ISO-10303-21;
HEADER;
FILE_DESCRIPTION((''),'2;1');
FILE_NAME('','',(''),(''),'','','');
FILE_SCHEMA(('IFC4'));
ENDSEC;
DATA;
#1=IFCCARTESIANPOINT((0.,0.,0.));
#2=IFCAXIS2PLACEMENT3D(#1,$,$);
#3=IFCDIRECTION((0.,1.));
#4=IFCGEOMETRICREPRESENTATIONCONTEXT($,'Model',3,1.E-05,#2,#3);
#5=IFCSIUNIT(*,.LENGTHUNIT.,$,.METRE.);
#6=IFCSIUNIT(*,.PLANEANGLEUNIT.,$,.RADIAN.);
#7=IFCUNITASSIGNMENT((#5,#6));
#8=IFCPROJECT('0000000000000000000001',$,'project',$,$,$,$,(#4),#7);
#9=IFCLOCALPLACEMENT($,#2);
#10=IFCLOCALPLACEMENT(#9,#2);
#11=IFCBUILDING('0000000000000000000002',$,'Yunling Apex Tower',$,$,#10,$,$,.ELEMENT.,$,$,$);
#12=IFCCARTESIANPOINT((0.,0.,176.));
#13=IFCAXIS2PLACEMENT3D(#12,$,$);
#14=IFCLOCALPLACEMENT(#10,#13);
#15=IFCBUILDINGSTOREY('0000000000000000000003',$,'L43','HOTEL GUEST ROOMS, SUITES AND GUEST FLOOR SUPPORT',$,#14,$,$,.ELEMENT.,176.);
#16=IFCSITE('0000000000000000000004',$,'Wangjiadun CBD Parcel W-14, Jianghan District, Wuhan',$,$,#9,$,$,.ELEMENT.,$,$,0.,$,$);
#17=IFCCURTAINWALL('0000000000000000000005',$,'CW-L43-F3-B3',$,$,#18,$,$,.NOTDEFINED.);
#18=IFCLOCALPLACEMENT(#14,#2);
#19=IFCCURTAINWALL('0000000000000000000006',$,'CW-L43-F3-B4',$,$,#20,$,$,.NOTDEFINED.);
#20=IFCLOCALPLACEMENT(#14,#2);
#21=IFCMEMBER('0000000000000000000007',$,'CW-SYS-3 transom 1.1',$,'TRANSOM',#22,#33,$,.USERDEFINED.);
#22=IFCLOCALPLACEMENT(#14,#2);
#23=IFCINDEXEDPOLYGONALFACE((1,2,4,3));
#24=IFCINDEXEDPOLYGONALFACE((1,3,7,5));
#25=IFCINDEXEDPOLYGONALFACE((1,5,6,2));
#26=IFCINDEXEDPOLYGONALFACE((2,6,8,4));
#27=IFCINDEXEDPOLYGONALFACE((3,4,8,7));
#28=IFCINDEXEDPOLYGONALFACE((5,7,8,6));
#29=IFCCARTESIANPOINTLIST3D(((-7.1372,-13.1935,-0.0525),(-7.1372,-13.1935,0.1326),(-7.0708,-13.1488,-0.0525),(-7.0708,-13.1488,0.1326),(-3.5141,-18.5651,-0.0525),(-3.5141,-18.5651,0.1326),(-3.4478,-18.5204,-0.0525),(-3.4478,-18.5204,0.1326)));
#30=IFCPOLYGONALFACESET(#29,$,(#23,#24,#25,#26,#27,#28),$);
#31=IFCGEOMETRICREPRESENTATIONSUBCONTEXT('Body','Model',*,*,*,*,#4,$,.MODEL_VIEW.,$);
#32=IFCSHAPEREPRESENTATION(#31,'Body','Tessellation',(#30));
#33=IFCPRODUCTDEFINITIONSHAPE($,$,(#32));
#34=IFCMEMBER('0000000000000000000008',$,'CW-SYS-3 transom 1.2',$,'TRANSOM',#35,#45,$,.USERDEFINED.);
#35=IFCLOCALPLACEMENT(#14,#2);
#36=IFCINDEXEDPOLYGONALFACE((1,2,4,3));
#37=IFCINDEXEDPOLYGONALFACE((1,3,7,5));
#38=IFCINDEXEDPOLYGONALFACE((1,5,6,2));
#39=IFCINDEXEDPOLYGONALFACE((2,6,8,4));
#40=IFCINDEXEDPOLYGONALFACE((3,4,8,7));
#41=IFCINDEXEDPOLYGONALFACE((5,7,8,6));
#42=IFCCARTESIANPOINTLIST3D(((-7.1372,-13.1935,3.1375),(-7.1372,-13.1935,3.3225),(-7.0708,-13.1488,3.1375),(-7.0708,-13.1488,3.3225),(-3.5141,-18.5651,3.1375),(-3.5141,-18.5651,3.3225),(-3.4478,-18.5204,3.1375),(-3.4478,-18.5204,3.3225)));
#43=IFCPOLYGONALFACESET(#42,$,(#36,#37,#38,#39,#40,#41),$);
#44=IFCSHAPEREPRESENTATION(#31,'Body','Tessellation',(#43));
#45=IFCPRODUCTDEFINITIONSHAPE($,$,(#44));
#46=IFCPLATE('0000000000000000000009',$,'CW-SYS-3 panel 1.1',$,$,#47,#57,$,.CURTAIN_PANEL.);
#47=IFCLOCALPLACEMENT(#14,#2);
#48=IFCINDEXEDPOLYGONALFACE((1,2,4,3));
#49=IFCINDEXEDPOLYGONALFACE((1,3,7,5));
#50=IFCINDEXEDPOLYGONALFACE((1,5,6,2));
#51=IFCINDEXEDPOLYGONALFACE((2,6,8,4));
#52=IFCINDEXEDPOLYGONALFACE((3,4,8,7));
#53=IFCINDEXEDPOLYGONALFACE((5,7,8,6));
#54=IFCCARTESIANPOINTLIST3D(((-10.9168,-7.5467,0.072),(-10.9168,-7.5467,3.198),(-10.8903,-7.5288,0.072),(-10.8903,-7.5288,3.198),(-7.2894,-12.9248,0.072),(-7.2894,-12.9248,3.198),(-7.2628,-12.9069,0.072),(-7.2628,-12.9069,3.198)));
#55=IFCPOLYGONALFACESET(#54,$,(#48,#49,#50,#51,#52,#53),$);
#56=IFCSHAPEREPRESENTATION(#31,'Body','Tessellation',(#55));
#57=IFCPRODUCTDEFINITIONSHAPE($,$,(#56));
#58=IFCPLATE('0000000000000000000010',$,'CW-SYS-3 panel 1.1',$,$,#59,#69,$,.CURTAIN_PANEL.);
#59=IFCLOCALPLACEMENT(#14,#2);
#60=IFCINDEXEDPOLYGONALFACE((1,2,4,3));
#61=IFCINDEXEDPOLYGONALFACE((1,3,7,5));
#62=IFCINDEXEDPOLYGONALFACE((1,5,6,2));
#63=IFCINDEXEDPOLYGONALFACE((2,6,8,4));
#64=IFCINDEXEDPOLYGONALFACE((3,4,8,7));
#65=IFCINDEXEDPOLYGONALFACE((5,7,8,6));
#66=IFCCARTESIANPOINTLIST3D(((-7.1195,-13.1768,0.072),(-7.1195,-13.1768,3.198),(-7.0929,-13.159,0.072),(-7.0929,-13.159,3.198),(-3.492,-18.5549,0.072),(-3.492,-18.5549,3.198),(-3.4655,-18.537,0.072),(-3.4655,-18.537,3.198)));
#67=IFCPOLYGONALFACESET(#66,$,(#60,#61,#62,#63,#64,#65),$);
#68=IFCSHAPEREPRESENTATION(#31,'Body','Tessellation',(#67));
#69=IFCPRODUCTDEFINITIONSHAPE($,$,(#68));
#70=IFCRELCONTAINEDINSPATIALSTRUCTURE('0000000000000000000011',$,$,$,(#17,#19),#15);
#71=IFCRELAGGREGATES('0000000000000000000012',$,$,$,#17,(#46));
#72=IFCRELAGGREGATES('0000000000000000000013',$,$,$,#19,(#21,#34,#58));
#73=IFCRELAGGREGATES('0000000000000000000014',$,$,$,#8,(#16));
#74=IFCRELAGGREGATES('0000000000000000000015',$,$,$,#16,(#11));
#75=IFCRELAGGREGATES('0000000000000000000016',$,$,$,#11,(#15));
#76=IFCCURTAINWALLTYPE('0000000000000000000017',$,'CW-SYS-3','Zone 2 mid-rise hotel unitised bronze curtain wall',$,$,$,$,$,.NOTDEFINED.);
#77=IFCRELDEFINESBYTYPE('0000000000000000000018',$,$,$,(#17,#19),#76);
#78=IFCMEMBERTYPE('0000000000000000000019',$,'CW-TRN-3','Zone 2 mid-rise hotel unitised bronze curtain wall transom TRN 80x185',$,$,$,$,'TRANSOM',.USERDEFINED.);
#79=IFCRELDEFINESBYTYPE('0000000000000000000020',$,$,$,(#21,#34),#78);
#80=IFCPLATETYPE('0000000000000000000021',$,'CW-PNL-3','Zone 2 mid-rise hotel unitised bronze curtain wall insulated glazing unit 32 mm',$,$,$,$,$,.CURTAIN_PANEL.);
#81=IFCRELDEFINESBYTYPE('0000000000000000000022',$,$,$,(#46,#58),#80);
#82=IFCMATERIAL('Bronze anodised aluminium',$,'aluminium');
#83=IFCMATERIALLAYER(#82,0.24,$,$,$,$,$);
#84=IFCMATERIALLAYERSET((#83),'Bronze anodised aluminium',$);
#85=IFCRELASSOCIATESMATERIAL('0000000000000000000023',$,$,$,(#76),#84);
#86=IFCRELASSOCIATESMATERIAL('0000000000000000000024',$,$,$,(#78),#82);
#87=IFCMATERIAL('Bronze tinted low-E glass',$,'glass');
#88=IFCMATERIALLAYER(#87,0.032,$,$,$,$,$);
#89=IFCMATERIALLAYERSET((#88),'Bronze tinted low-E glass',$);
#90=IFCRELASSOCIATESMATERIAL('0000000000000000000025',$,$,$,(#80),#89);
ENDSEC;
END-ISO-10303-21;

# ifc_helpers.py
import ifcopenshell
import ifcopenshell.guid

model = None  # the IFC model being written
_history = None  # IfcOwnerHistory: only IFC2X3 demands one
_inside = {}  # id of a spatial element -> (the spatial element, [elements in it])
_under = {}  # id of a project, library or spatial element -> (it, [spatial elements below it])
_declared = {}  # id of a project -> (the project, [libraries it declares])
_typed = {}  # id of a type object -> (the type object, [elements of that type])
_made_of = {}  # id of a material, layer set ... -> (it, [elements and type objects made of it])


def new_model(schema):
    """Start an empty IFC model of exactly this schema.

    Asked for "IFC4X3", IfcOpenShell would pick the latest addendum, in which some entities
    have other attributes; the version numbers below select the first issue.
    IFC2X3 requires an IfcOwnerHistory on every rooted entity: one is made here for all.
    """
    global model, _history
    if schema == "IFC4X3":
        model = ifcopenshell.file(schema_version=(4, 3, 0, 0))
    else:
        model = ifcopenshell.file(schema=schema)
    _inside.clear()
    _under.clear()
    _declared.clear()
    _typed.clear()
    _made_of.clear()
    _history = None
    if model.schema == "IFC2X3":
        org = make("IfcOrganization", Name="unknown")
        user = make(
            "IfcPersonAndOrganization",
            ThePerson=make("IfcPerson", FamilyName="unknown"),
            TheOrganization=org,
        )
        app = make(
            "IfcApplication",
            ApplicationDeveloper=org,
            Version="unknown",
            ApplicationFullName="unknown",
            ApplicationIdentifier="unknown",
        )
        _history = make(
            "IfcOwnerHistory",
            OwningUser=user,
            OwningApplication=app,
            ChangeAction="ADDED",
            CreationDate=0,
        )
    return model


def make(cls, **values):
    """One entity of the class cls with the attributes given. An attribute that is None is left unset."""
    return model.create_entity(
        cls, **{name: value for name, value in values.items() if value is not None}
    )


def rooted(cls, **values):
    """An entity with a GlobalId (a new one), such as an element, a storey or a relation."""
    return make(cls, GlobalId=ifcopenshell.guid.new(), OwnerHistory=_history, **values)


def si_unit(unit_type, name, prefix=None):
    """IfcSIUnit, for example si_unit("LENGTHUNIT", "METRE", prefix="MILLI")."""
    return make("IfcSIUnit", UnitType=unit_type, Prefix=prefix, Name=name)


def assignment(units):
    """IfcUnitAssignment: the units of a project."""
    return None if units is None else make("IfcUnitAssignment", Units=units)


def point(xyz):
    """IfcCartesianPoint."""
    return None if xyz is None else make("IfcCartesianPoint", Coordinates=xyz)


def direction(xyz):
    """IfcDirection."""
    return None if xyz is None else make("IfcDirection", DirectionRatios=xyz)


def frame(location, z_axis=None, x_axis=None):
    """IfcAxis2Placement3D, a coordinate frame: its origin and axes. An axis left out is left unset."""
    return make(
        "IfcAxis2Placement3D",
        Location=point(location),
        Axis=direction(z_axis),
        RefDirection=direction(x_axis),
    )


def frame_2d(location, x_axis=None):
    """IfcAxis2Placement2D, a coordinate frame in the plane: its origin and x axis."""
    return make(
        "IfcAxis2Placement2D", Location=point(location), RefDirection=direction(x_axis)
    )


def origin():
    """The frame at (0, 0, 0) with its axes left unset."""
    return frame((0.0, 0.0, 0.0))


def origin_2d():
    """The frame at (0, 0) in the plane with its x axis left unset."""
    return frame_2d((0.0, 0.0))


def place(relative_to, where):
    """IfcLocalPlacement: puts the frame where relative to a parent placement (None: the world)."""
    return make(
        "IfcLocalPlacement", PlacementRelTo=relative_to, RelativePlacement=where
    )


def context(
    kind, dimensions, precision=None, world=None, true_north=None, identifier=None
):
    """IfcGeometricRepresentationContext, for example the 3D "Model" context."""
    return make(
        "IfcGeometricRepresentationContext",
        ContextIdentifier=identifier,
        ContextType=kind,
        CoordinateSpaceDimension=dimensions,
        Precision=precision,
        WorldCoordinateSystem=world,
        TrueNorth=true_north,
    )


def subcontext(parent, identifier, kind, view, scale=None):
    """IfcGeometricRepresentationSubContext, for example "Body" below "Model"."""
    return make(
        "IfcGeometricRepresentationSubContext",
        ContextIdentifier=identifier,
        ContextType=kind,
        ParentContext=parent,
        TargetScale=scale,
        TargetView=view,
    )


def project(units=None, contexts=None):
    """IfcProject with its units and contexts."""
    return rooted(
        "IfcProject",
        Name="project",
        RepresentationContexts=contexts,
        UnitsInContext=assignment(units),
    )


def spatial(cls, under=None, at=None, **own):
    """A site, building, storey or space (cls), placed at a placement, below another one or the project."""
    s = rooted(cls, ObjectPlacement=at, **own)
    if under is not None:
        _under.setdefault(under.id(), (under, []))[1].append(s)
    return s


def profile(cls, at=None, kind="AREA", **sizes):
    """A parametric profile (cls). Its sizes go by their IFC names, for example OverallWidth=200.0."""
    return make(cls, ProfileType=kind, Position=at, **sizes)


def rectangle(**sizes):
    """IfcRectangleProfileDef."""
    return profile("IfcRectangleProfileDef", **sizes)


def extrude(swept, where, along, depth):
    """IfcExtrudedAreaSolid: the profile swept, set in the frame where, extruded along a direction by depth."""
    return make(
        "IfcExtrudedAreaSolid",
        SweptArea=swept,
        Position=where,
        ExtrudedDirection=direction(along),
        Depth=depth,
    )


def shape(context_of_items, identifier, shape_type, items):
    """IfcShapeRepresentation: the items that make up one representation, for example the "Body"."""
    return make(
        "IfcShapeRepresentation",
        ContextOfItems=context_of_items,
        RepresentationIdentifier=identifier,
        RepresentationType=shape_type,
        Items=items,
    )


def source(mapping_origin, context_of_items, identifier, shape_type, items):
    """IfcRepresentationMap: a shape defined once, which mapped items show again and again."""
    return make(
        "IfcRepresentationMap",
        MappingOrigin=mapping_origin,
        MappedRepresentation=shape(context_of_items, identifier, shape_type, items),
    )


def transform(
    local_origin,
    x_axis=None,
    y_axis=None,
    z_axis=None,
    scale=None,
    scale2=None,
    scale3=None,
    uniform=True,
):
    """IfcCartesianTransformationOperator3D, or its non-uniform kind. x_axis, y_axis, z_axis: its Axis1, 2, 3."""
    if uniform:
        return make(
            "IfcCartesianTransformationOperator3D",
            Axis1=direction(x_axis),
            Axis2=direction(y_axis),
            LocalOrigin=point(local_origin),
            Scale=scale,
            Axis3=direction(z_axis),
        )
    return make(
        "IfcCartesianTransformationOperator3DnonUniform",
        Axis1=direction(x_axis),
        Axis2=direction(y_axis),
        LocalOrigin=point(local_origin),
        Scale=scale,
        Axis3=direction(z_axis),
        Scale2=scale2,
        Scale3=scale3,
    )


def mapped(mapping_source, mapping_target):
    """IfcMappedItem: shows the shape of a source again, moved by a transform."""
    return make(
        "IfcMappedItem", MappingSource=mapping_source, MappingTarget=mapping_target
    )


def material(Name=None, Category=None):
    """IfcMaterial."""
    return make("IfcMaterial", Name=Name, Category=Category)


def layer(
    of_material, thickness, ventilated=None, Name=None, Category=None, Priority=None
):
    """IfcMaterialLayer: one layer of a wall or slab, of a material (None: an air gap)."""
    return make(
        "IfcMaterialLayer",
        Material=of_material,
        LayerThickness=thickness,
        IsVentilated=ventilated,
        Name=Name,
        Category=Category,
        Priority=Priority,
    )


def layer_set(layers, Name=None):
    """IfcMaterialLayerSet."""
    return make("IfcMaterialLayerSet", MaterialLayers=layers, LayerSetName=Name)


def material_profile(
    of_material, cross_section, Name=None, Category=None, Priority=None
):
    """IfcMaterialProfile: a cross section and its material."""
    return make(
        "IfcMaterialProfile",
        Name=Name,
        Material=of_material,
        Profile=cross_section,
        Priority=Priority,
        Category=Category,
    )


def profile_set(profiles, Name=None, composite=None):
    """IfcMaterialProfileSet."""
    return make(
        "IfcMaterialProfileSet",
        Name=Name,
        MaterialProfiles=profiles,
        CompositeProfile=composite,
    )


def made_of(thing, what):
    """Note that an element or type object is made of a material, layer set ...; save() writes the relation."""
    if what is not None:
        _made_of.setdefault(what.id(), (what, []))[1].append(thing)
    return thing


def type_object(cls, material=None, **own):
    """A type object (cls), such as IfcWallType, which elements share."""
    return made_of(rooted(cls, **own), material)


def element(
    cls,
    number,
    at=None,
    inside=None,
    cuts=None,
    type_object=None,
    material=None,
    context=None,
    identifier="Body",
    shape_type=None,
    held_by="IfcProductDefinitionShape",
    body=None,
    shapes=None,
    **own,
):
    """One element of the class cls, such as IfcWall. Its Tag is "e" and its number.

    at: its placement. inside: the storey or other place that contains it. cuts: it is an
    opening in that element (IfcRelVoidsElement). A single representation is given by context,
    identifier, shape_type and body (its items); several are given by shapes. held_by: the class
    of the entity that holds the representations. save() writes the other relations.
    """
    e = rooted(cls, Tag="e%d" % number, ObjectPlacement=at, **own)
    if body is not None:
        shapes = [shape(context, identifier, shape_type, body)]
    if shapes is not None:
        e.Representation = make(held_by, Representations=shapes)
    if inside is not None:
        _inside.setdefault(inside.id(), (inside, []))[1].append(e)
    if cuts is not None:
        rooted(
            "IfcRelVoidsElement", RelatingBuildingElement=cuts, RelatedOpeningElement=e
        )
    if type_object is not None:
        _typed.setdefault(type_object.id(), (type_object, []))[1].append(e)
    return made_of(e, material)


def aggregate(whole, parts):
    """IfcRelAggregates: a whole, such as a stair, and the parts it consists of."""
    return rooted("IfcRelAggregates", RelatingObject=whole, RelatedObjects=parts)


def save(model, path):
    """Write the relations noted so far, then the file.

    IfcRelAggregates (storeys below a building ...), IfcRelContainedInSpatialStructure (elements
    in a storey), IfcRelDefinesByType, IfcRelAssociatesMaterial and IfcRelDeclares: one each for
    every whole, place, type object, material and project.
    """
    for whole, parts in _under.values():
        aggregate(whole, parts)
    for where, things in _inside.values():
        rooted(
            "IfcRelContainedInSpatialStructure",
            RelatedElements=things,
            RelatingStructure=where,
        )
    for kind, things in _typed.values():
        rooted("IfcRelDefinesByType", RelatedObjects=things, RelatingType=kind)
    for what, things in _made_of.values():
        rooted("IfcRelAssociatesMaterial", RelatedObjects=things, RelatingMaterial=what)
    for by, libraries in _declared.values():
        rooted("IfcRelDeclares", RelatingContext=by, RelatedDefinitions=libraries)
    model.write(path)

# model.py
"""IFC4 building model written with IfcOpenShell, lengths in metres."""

from ifc_helpers import new_model, si_unit, direction, frame, origin, origin_2d, place, context, subcontext, project, spatial, rectangle, extrude, source, transform, mapped, material, layer, layer_set, material_profile, profile_set, type_object, element, aggregate, save


model = new_model("IFC4")

# Units and contexts
model_context = context("Model", 3, precision=1e-05, world=origin(), true_north=direction((0.0, 1.0)))
body_context = subcontext(model_context, "Body", "Model", "MODEL_VIEW")
ifc_project = project(units=[si_unit("LENGTHUNIT", "METRE"), si_unit("PLANEANGLEUNIT", "RADIAN")], contexts=[model_context])

# Site, building, storey
site_placement = place(None, origin())
site = spatial("IfcSite", under=ifc_project, at=site_placement, Name="Wangjiadun CBD Parcel W-14, Jianghan District, Wuhan", CompositionType="ELEMENT", RefElevation=0.0)
building_placement = place(site_placement, origin())
building = spatial("IfcBuilding", under=site, at=building_placement, Name="Yunling Apex Tower", CompositionType="ELEMENT")
storey_placement = place(building_placement, frame((0.0, 0.0, 176.0)))
storey = spatial("IfcBuildingStorey", under=building, at=storey_placement, Name="L43", Description="HOTEL GUEST ROOMS, SUITES AND GUEST FLOOR SUPPORT", CompositionType="ELEMENT", Elevation=176.0)

# Curtain wall
ifc_material_1 = material(Name="Bronze anodised aluminium", Category="aluminium")
ifc_layer_1 = layer(ifc_material_1, 0.24)
ifc_layer_set_1 = layer_set([ifc_layer_1], Name="Bronze anodised aluminium")
curtain_wall_type = type_object("IfcCurtainWallType", Name="CW-SYS-3", Description="Zone 2 mid-rise hotel unitised bronze curtain wall", PredefinedType="NOTDEFINED", material=ifc_layer_set_1)
curtain_wall_1_placement = place(storey_placement, origin())
curtain_wall_1 = element("IfcCurtainWall", 1, at=curtain_wall_1_placement, inside=storey, type_object=curtain_wall_type, Name="CW-L43-F3-B3", PredefinedType="NOTDEFINED")

# Curtain wall
curtain_wall_2_placement = place(storey_placement, origin())
curtain_wall_2 = element("IfcCurtainWall", 2, at=curtain_wall_2_placement, inside=storey, type_object=curtain_wall_type, Name="CW-L43-F3-B4", PredefinedType="NOTDEFINED")
ifc_material_profile_1 = material_profile(ifc_material_1, rectangle(XDim=0.0801, YDim=0.1851, at=origin_2d()))
ifc_profile_set_1 = profile_set([ifc_material_profile_1], Name="Bronze anodised aluminium")
member_type_1 = type_object("IfcMemberType", Name="CW-TRN-3", Description="Zone 2 mid-rise hotel unitised bronze curtain wall transom TRN 80x185", ElementType="TRANSOM", PredefinedType="USERDEFINED", material=ifc_profile_set_1)

# Members
shared_shape_1 = source(origin(), body_context, "Body", "SweptSolid", [
    extrude(rectangle(XDim=0.0801, YDim=0.1851, at=origin_2d()), origin(), (0.0, 0.0, 1.0), 6.4792),
])
member_1_placement = place(storey_placement, frame((-7.104, -13.1711, 0.04), z_axis=(0.559179, -0.829047, 0.0), x_axis=(0.829047, 0.559179, 0.0)))
member_1 = element("IfcMember", 3, at=member_1_placement, type_object=member_type_1, Name="CW-SYS-3 transom 1.1", ObjectType="TRANSOM", PredefinedType="USERDEFINED", context=body_context, shape_type="MappedRepresentation", body=[
    mapped(shared_shape_1, transform((0.0, 0.0, 0.0), scale=1.0)),
])
member_2_placement = place(storey_placement, frame((-7.104, -13.1711, 3.23), z_axis=(0.559179, -0.829047, 0.0), x_axis=(0.829047, 0.559179, 0.0)))
member_2 = element("IfcMember", 4, at=member_2_placement, type_object=member_type_1, Name="CW-SYS-3 transom 1.2", ObjectType="TRANSOM", PredefinedType="USERDEFINED", context=body_context, shape_type="MappedRepresentation", body=[
    mapped(shared_shape_1, transform((0.0, 0.0, 0.0), scale=1.0)),
])

# Plates
ifc_material_2 = material(Name="Bronze tinted low-E glass", Category="glass")
ifc_layer_2 = layer(ifc_material_2, 0.032)
ifc_layer_set_2 = layer_set([ifc_layer_2], Name="Bronze tinted low-E glass")
plate_type = type_object("IfcPlateType", Name="CW-PNL-3", Description="Zone 2 mid-rise hotel unitised bronze curtain wall insulated glazing unit 32 mm", PredefinedType="CURTAIN_PANEL", material=ifc_layer_set_2)
shared_shape_2 = source(origin(), body_context, "Body", "SweptSolid", [
    extrude(rectangle(XDim=6.4871, YDim=0.032, at=origin_2d()), origin(), (0.0, 0.0, 1.0), 3.126),
])
plate_1_placement = place(storey_placement, frame((-9.0898, -10.2268, 0.072), z_axis=(0.0, 0.0, 1.0), x_axis=(0.559188, -0.829041, 0.0)))
plate_1 = element("IfcPlate", 5, at=plate_1_placement, type_object=plate_type, Name="CW-SYS-3 panel 1.1", PredefinedType="CURTAIN_PANEL", context=body_context, shape_type="MappedRepresentation", body=[
    mapped(shared_shape_2, transform((0.0, 0.0, 0.0), scale=1.0)),
])
aggregate(curtain_wall_1, [plate_1])
plate_2_placement = place(storey_placement, frame((-5.2925, -15.8569, 0.072), z_axis=(0.0, 0.0, 1.0), x_axis=(0.559181, -0.829045, 0.0)))
plate_2 = element("IfcPlate", 6, at=plate_2_placement, type_object=plate_type, Name="CW-SYS-3 panel 1.1", PredefinedType="CURTAIN_PANEL", context=body_context, shape_type="MappedRepresentation", body=[
    mapped(shared_shape_2, transform((0.0, 0.0, 0.0), scale=1.0)),
])
aggregate(curtain_wall_2, [member_1, member_2, plate_2])

save(model, "model.ifc")
